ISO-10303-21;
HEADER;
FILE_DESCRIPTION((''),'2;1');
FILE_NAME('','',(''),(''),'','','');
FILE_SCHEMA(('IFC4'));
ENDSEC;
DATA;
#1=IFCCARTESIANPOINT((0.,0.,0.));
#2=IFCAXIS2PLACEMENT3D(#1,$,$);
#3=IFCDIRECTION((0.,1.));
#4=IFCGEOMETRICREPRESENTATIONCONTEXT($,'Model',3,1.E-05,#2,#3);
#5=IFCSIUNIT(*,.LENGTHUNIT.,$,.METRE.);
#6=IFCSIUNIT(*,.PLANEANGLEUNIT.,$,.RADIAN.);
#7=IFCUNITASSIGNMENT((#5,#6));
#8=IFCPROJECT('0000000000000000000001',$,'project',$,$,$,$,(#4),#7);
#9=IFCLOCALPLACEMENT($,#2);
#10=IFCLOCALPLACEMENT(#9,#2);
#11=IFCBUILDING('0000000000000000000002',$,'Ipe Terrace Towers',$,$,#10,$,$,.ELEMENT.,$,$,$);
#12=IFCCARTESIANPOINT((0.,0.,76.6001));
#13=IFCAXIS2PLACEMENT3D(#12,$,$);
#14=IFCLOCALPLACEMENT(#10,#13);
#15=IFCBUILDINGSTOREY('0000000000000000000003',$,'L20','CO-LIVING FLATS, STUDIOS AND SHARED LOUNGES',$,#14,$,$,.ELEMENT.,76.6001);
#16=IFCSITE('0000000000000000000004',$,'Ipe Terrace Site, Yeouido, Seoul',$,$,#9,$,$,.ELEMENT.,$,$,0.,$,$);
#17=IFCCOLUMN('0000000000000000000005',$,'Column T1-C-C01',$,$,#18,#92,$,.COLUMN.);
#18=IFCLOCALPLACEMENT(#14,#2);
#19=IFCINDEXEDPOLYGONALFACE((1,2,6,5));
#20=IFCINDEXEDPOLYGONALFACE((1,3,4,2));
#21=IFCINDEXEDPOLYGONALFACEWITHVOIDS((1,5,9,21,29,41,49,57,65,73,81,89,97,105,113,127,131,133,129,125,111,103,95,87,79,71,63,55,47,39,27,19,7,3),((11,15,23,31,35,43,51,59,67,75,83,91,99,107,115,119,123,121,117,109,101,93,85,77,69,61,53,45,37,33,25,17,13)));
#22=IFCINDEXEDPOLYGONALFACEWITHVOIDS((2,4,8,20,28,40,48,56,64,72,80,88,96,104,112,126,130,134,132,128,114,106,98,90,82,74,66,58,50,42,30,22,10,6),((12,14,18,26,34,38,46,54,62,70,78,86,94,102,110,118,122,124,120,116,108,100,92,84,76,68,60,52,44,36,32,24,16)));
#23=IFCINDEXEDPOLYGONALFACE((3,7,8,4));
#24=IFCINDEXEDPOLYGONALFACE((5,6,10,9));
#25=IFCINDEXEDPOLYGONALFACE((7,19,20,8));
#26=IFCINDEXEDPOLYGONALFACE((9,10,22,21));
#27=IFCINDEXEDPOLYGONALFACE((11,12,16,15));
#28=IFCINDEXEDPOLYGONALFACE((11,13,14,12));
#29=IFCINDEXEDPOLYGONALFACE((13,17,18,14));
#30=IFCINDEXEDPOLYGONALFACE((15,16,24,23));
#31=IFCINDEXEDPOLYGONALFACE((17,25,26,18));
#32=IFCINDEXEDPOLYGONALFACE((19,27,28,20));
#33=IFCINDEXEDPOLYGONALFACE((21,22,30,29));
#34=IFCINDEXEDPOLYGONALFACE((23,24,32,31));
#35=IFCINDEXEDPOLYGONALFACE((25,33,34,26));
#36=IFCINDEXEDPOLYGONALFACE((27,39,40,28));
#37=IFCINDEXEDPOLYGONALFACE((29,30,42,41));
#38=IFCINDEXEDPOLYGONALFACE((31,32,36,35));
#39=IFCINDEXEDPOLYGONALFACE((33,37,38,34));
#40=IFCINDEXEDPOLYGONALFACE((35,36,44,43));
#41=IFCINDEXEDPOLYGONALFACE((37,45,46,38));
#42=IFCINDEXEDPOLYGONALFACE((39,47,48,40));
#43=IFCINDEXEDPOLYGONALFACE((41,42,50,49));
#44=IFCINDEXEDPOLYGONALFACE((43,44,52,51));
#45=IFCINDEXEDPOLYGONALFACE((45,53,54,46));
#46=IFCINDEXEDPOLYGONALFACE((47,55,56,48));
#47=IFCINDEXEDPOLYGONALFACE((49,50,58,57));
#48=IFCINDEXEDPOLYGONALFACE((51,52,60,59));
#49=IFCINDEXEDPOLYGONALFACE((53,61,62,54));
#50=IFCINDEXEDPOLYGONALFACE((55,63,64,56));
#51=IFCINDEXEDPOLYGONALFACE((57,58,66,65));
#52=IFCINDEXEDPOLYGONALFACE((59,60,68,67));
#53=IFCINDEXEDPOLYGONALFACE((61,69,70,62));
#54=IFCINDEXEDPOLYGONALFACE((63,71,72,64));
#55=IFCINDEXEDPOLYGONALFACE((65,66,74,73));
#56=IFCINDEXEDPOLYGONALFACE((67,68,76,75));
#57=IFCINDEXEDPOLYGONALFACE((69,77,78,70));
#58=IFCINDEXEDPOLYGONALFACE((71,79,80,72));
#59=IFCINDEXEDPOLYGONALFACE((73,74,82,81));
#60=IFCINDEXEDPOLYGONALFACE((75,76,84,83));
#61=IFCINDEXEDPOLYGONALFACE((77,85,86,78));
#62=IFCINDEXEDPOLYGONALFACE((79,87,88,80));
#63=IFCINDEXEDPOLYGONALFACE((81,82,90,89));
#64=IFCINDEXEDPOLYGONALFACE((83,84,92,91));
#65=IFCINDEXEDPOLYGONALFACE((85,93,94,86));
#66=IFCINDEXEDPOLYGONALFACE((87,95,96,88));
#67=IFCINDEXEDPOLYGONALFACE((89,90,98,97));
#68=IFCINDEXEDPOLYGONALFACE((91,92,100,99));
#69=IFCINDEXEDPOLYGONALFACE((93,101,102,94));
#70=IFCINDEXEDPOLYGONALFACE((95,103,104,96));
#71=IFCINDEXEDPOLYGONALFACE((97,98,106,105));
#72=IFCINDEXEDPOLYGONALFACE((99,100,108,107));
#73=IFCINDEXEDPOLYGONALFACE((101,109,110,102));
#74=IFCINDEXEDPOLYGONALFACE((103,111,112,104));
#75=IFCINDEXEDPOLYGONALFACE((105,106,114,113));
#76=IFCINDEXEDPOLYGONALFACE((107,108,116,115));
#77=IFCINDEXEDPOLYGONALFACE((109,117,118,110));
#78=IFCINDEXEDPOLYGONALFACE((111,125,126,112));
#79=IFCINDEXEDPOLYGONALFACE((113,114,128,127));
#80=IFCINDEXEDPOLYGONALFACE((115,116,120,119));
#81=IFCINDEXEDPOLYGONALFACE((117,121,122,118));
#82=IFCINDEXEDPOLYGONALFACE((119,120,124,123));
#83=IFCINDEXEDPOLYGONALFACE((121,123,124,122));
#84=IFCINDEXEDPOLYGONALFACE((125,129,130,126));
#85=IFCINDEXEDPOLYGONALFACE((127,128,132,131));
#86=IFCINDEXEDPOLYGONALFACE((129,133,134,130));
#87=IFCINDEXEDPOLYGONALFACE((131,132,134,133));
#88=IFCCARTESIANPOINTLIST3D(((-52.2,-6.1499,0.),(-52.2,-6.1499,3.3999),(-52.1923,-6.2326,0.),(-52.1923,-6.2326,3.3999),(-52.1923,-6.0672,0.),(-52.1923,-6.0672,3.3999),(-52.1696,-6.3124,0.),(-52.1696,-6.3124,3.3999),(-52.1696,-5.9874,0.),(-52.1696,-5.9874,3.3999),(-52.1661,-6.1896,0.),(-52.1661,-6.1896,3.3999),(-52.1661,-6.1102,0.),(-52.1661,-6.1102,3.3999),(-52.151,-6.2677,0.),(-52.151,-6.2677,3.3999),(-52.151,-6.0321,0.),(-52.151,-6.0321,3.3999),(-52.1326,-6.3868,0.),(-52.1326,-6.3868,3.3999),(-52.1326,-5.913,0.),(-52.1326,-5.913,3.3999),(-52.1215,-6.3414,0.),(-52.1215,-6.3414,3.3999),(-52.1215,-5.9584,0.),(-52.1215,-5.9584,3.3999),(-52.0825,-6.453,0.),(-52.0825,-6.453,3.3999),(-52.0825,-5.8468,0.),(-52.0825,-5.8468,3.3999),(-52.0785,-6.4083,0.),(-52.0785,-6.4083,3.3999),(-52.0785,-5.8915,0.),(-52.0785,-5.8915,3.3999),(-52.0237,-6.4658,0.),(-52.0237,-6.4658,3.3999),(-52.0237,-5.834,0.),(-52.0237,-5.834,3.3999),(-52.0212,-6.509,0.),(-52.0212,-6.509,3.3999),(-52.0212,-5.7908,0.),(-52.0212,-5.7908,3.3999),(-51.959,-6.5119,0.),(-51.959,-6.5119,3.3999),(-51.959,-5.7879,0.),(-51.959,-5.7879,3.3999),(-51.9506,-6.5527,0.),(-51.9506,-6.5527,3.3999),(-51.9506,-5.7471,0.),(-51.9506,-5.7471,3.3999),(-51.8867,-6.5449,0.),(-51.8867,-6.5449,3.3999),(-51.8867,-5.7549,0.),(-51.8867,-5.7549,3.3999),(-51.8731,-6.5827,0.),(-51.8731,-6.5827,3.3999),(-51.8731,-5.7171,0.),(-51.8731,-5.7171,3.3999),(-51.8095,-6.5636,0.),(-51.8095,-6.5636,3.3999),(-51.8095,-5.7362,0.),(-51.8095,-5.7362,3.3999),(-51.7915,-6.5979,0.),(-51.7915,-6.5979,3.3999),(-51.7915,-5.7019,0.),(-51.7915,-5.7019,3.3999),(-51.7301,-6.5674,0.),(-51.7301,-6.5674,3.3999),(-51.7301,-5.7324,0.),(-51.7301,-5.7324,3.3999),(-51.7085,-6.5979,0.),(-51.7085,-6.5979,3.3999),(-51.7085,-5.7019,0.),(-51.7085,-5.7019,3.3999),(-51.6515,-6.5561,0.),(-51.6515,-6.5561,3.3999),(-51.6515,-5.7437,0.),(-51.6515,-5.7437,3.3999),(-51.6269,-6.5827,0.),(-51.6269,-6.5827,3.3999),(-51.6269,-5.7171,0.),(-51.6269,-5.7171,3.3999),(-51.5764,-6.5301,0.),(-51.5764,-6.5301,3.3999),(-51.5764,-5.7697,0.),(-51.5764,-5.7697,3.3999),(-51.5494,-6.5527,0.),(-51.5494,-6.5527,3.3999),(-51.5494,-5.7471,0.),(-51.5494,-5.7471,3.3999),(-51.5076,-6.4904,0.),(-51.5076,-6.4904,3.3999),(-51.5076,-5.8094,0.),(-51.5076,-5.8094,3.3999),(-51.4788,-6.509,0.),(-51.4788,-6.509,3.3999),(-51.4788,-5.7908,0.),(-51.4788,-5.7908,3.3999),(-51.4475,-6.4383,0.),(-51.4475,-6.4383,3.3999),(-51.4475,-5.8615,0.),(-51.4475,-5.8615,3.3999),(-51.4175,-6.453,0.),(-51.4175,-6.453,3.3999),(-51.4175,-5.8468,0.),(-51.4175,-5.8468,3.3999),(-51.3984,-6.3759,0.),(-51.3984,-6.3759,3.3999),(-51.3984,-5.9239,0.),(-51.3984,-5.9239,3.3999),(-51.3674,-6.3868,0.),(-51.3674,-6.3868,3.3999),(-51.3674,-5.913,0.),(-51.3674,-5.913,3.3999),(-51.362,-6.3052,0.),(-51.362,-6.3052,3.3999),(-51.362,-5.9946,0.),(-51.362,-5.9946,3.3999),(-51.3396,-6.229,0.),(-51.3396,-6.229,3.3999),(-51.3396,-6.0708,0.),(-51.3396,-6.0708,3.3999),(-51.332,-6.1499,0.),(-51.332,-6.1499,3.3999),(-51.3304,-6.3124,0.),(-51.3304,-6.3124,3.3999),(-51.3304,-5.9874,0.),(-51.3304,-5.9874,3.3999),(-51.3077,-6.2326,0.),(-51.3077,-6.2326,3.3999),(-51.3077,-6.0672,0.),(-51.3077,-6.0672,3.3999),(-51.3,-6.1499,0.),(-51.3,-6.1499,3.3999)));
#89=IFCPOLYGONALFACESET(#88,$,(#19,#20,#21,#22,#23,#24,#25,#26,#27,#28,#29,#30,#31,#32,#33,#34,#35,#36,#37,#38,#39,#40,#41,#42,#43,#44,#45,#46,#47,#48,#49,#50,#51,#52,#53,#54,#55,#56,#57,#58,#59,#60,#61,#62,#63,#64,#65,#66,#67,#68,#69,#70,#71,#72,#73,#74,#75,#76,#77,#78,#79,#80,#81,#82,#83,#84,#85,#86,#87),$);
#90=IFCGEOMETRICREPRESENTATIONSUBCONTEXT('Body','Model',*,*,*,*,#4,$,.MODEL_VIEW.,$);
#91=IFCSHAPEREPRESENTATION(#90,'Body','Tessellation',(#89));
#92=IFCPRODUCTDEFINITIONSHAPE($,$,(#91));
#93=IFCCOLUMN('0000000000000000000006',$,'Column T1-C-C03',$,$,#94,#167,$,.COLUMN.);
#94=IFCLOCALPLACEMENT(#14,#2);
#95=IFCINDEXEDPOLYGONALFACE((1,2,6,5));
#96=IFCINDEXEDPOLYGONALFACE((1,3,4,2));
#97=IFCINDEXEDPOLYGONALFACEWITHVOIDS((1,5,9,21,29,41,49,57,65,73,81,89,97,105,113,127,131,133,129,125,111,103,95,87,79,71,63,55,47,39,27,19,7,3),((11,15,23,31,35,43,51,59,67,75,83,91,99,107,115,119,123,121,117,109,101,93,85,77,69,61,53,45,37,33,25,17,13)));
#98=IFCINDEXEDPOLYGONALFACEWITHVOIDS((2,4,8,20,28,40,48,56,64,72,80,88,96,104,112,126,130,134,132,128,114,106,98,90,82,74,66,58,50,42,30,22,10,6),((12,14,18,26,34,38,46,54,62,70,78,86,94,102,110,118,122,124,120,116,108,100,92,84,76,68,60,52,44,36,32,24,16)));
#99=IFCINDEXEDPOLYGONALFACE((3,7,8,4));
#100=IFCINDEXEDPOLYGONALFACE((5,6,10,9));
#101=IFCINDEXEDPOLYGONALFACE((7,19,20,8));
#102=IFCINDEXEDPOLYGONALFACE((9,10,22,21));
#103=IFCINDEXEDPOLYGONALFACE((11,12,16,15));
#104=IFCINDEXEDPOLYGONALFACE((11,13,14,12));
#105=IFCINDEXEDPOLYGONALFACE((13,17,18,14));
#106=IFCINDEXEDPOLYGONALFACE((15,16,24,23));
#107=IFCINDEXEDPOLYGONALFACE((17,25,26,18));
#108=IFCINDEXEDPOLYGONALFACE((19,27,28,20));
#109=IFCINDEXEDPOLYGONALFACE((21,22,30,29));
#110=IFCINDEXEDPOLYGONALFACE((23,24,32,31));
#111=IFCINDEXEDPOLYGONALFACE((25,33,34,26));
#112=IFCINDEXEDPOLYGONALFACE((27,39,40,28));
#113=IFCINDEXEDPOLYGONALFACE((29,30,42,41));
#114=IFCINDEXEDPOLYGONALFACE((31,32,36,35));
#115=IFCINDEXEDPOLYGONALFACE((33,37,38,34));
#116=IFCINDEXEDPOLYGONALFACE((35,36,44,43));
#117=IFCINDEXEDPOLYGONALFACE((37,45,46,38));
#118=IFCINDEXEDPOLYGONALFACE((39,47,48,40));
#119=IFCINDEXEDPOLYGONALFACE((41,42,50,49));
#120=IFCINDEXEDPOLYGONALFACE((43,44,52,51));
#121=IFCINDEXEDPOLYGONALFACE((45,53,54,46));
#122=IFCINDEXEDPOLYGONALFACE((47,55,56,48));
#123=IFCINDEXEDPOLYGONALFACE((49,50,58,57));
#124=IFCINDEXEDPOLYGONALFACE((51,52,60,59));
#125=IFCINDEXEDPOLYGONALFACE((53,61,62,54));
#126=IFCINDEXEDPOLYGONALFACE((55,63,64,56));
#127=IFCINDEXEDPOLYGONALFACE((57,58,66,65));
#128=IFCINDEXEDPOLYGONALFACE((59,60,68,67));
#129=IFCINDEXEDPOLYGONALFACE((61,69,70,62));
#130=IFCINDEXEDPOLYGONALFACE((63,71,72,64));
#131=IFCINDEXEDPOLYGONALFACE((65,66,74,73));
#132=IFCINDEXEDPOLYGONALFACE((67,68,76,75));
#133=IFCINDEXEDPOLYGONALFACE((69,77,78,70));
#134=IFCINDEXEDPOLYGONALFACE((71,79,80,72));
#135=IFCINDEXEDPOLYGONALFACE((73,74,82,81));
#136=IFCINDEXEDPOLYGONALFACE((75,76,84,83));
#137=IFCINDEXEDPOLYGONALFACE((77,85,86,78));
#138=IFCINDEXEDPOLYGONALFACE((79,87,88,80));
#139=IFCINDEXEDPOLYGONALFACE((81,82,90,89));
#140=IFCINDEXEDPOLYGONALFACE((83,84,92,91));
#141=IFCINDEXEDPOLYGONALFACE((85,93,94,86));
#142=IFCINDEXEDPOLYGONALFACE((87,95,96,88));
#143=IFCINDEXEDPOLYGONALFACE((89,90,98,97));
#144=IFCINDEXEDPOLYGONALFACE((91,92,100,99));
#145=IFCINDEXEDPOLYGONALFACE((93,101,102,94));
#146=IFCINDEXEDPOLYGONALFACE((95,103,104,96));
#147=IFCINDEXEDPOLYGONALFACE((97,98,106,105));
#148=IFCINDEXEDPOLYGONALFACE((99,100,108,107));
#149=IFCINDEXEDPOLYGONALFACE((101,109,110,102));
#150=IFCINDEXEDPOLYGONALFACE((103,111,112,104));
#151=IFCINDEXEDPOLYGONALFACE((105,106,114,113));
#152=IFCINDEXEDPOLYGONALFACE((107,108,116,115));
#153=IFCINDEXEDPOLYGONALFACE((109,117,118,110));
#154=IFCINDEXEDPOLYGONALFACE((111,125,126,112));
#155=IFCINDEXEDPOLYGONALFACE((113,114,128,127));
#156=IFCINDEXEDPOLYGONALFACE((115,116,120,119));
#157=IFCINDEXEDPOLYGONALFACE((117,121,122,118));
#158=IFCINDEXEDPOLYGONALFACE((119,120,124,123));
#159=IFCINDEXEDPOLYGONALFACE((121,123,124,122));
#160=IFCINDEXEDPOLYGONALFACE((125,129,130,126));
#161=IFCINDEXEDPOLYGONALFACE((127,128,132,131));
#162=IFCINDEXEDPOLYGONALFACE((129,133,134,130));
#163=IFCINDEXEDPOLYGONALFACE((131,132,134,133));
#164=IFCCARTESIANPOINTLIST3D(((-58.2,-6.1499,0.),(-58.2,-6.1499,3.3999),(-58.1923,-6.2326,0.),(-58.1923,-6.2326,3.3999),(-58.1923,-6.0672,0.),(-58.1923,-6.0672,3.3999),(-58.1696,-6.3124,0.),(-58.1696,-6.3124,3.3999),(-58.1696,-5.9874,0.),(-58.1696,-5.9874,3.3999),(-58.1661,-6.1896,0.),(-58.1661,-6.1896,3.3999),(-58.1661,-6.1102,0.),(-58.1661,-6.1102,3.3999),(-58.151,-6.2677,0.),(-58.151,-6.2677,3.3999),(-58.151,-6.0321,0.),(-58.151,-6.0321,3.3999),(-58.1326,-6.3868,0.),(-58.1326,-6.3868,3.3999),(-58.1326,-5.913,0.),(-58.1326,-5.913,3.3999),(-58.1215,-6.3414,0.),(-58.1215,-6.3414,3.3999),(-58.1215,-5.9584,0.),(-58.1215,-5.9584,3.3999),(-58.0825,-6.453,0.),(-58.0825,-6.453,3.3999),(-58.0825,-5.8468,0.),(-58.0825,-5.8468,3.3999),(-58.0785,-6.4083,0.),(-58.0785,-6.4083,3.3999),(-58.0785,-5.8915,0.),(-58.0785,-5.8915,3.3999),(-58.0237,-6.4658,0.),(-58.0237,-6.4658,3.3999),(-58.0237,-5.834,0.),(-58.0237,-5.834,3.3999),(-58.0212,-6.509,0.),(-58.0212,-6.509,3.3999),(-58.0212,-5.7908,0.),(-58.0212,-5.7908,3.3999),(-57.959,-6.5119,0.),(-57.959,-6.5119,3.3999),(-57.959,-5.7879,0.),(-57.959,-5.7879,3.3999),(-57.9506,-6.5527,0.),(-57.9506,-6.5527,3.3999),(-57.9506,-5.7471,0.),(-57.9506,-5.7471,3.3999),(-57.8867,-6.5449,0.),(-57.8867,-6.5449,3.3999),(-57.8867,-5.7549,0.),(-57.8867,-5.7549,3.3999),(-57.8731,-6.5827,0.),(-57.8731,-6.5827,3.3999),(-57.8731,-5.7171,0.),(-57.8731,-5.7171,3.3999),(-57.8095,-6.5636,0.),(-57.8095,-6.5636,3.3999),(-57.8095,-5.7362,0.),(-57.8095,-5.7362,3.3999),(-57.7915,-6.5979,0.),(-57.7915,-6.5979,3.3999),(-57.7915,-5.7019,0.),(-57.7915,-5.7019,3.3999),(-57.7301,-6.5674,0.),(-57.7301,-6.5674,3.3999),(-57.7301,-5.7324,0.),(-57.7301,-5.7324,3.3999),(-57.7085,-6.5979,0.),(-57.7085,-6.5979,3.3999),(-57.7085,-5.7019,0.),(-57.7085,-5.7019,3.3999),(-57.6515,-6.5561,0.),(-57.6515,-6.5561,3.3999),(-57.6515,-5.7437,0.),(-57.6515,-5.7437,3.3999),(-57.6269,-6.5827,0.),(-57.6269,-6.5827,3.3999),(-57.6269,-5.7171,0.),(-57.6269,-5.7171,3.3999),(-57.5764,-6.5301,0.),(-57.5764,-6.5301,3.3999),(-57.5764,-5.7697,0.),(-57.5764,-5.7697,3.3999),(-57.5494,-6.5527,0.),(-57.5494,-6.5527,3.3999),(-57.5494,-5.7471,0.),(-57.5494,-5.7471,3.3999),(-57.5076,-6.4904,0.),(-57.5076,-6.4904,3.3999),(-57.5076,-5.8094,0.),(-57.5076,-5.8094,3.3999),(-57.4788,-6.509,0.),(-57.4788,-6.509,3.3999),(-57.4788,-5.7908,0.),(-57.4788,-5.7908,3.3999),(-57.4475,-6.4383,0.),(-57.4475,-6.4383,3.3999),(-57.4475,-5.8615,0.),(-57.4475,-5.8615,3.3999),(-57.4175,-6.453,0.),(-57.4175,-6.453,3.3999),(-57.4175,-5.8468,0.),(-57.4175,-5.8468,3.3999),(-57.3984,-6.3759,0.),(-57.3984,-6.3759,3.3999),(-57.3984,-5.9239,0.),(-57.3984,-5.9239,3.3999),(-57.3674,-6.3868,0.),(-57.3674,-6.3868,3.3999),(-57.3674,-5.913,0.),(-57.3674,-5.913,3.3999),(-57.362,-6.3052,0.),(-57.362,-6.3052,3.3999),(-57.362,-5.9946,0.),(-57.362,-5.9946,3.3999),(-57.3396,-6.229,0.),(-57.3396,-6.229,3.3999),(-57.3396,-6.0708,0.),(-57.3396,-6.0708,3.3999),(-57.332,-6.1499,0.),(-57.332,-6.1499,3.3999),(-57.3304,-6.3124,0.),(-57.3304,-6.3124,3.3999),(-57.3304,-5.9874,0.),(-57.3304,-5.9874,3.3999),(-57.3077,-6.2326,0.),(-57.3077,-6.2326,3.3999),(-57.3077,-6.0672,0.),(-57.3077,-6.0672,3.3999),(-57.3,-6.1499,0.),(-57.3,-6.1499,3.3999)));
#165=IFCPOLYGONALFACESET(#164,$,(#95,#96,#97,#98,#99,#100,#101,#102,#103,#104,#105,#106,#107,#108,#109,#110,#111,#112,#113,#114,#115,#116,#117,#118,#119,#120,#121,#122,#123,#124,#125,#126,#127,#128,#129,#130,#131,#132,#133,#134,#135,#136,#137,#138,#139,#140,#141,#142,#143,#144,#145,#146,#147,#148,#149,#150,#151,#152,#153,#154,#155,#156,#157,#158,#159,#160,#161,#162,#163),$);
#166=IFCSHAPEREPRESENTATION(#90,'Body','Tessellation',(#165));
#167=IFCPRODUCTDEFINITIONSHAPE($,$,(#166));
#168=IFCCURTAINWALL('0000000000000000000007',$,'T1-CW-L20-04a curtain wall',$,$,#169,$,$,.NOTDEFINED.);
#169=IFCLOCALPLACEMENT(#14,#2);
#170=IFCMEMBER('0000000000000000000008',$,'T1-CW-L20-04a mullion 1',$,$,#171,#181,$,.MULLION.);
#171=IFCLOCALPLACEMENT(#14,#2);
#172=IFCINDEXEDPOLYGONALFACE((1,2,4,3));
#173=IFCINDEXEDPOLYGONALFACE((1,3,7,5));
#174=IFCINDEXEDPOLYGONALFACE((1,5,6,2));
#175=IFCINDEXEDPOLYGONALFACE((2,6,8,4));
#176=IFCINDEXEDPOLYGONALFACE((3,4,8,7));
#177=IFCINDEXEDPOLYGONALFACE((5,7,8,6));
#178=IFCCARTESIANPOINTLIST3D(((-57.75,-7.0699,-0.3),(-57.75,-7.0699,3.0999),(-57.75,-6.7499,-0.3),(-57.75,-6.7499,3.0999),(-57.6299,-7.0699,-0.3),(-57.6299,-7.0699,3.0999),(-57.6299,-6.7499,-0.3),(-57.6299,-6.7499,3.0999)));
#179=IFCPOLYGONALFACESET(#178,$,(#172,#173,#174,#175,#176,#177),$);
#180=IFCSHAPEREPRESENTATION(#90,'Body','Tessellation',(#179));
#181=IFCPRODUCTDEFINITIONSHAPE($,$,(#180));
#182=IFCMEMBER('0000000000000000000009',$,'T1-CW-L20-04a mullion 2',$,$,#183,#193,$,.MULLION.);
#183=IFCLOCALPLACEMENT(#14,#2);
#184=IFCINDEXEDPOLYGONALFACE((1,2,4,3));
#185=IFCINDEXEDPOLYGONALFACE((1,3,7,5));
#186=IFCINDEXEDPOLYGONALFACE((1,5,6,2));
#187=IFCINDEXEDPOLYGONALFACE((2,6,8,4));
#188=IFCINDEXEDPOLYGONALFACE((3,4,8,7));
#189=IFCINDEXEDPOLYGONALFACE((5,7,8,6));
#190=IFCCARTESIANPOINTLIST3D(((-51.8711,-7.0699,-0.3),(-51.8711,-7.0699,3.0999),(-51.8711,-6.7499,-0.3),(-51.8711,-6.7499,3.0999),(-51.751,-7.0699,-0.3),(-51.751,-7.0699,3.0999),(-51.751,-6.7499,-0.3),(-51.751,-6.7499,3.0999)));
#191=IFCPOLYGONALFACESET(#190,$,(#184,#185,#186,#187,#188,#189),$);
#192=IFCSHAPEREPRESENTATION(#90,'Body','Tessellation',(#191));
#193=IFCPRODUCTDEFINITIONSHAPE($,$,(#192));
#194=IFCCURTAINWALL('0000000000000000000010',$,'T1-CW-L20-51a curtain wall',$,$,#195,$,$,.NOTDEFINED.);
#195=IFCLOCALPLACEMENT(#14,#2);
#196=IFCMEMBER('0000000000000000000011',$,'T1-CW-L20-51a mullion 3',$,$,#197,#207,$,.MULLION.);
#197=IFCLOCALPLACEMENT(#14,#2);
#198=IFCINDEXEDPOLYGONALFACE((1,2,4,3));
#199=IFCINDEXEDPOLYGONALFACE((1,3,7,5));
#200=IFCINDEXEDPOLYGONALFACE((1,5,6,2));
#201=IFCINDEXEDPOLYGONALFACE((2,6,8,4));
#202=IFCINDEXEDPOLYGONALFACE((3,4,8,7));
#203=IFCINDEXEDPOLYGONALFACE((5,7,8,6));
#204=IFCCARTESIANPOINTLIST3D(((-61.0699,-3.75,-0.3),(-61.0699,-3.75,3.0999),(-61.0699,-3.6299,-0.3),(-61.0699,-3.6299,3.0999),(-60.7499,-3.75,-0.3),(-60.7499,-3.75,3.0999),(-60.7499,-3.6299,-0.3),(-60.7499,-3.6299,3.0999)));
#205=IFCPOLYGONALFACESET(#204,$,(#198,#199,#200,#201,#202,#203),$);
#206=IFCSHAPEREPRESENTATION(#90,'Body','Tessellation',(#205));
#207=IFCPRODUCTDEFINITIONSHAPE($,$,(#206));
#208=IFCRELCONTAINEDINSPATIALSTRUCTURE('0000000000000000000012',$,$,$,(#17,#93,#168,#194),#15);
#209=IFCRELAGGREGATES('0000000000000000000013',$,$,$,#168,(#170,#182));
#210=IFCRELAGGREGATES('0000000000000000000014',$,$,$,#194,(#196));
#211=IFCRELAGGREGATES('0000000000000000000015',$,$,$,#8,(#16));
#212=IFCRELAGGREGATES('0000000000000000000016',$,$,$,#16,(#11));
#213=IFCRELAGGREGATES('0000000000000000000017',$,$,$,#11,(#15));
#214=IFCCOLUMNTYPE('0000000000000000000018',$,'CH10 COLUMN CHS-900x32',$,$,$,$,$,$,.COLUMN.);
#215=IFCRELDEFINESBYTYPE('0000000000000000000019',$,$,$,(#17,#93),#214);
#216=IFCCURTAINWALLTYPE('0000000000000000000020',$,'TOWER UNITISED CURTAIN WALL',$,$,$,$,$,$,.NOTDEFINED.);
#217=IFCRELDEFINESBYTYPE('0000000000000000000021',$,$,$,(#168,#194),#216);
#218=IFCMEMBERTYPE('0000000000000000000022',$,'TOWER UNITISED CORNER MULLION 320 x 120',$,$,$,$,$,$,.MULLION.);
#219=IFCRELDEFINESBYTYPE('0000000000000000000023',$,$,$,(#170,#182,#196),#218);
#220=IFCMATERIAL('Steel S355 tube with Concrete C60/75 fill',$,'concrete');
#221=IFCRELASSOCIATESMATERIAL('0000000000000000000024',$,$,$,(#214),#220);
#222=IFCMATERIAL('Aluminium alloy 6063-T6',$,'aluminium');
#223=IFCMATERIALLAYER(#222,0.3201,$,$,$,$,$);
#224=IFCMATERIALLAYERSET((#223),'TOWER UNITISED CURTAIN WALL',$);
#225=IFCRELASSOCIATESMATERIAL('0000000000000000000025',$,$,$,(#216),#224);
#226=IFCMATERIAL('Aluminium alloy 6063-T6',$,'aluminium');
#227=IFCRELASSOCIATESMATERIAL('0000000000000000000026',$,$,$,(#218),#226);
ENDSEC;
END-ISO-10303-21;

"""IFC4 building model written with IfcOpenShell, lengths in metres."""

from ifc_helpers import new_model, si_unit, direction, frame, origin, origin_2d, place, context, subcontext, project, spatial, rectangle, hollow_circle, extrude, material, layer, layer_set, material_profile, profile_set, type_object, element, aggregate, save


model = new_model("IFC4")

# Units and contexts
model_context = context("Model", 3, precision=1e-05, world=origin(), true_north=direction((0.0, 1.0)))
body_context = subcontext(model_context, "Body", "Model", "MODEL_VIEW")
ifc_project = project(units=[si_unit("LENGTHUNIT", "METRE"), si_unit("PLANEANGLEUNIT", "RADIAN")], contexts=[model_context])

# Site, building, storey
site_placement = place(None, origin())
site = spatial("IfcSite", under=ifc_project, at=site_placement, Name="Ipe Terrace Site, Yeouido, Seoul", CompositionType="ELEMENT", RefElevation=0.0)
building_placement = place(site_placement, origin())
building = spatial("IfcBuilding", under=site, at=building_placement, Name="Ipe Terrace Towers", CompositionType="ELEMENT")
storey_placement = place(building_placement, frame((0.0, 0.0, 76.6001)))
storey = spatial("IfcBuildingStorey", under=building, at=storey_placement, Name="L20", Description="CO-LIVING FLATS, STUDIOS AND SHARED LOUNGES", CompositionType="ELEMENT", Elevation=76.6001)

# Columns
ifc_material_1 = material(Name="Steel S355 tube with Concrete C60/75 fill", Category="concrete")
ifc_material_profile_1 = material_profile(ifc_material_1, hollow_circle(Radius=0.45, WallThickness=0.032, at=origin_2d()), Name="CHS-900x32")
ifc_profile_set_1 = profile_set([ifc_material_profile_1], Name="Steel S355 tube with Concrete C60/75 fill")
column_type = type_object("IfcColumnType", Name="CH10 COLUMN CHS-900x32", PredefinedType="COLUMN", material=ifc_profile_set_1)
for number, where, z_axis, x_axis, name in (
    (1, (-51.75, -6.1499, 0.0), (0.0, 0.0, 1.0), (1.0, 0.0, 0.0), "Column T1-C-C01"),
    (2, (-57.75, -6.1499, 0.0), (0.0, 0.0, 1.0), (1.0, 0.0, 0.0), "Column T1-C-C03"),
):
    element("IfcColumn", number, at=place(storey_placement, frame(where, z_axis=z_axis, x_axis=x_axis)), inside=storey, type_object=column_type, Name=name, PredefinedType="COLUMN", context=body_context, shape_type="SweptSolid", body=[
        extrude(hollow_circle(Radius=0.45, WallThickness=0.032, at=origin_2d()), origin(), (0.0, 0.0, 1.0), 3.3999),
    ])

# Curtain wall, members
ifc_material_2 = material(Name="Aluminium alloy 6063-T6", Category="aluminium")
ifc_layer_1 = layer(ifc_material_2, 0.3201)
ifc_layer_set_1 = layer_set([ifc_layer_1], Name="TOWER UNITISED CURTAIN WALL")
curtain_wall_type = type_object("IfcCurtainWallType", Name="TOWER UNITISED CURTAIN WALL", PredefinedType="NOTDEFINED", material=ifc_layer_set_1)
curtain_wall_1_placement = place(storey_placement, origin())
curtain_wall_1 = element("IfcCurtainWall", 3, at=curtain_wall_1_placement, inside=storey, type_object=curtain_wall_type, Name="T1-CW-L20-04a curtain wall", PredefinedType="NOTDEFINED")
ifc_material_3 = material(Name="Aluminium alloy 6063-T6", Category="aluminium")
ifc_material_profile_2 = material_profile(ifc_material_3, rectangle(XDim=0.3201, YDim=0.1201, at=origin_2d()), Name="TOWER UNITISED CORNER MULLION 320 x 120")
ifc_profile_set_2 = profile_set([ifc_material_profile_2], Name="Aluminium alloy 6063-T6")
member_type = type_object("IfcMemberType", Name="TOWER UNITISED CORNER MULLION 320 x 120", PredefinedType="MULLION", material=ifc_profile_set_2)
member_1_placement = place(storey_placement, frame((-57.6899, -6.9099, -0.3), z_axis=(0.0, 0.0, 1.0), x_axis=(0.0, -1.0, 0.0)))
member_1 = element("IfcMember", 4, at=member_1_placement, type_object=member_type, Name="T1-CW-L20-04a mullion 1", PredefinedType="MULLION", context=body_context, shape_type="SweptSolid", body=[
    extrude(rectangle(XDim=0.3201, YDim=0.1201, at=origin_2d()), origin(), (0.0, 0.0, 1.0), 3.3999),
])
member_2_placement = place(storey_placement, frame((-51.811, -6.9099, -0.3), z_axis=(0.0, 0.0, 1.0), x_axis=(0.0, -1.0, 0.0)))
member_2 = element("IfcMember", 5, at=member_2_placement, type_object=member_type, Name="T1-CW-L20-04a mullion 2", PredefinedType="MULLION", context=body_context, shape_type="SweptSolid", body=[
    extrude(rectangle(XDim=0.3201, YDim=0.1201, at=origin_2d()), origin(), (0.0, 0.0, 1.0), 3.3999),
])

# Curtain wall, member
curtain_wall_2_placement = place(storey_placement, origin())
curtain_wall_2 = element("IfcCurtainWall", 6, at=curtain_wall_2_placement, inside=storey, type_object=curtain_wall_type, Name="T1-CW-L20-51a curtain wall", PredefinedType="NOTDEFINED")
member_3_placement = place(storey_placement, frame((-60.9099, -3.6899, -0.3), z_axis=(0.0, 0.0, 1.0), x_axis=(-1.0, 0.0, 0.0)))
member_3 = element("IfcMember", 7, at=member_3_placement, type_object=member_type, Name="T1-CW-L20-51a mullion 3", PredefinedType="MULLION", context=body_context, shape_type="SweptSolid", body=[
    extrude(rectangle(XDim=0.3201, YDim=0.1201, at=origin_2d()), origin(), (0.0, 0.0, 1.0), 3.3999),
])

aggregate(curtain_wall_1, [member_1, member_2])
aggregate(curtain_wall_2, [member_3])

save(model, "model.ifc")
